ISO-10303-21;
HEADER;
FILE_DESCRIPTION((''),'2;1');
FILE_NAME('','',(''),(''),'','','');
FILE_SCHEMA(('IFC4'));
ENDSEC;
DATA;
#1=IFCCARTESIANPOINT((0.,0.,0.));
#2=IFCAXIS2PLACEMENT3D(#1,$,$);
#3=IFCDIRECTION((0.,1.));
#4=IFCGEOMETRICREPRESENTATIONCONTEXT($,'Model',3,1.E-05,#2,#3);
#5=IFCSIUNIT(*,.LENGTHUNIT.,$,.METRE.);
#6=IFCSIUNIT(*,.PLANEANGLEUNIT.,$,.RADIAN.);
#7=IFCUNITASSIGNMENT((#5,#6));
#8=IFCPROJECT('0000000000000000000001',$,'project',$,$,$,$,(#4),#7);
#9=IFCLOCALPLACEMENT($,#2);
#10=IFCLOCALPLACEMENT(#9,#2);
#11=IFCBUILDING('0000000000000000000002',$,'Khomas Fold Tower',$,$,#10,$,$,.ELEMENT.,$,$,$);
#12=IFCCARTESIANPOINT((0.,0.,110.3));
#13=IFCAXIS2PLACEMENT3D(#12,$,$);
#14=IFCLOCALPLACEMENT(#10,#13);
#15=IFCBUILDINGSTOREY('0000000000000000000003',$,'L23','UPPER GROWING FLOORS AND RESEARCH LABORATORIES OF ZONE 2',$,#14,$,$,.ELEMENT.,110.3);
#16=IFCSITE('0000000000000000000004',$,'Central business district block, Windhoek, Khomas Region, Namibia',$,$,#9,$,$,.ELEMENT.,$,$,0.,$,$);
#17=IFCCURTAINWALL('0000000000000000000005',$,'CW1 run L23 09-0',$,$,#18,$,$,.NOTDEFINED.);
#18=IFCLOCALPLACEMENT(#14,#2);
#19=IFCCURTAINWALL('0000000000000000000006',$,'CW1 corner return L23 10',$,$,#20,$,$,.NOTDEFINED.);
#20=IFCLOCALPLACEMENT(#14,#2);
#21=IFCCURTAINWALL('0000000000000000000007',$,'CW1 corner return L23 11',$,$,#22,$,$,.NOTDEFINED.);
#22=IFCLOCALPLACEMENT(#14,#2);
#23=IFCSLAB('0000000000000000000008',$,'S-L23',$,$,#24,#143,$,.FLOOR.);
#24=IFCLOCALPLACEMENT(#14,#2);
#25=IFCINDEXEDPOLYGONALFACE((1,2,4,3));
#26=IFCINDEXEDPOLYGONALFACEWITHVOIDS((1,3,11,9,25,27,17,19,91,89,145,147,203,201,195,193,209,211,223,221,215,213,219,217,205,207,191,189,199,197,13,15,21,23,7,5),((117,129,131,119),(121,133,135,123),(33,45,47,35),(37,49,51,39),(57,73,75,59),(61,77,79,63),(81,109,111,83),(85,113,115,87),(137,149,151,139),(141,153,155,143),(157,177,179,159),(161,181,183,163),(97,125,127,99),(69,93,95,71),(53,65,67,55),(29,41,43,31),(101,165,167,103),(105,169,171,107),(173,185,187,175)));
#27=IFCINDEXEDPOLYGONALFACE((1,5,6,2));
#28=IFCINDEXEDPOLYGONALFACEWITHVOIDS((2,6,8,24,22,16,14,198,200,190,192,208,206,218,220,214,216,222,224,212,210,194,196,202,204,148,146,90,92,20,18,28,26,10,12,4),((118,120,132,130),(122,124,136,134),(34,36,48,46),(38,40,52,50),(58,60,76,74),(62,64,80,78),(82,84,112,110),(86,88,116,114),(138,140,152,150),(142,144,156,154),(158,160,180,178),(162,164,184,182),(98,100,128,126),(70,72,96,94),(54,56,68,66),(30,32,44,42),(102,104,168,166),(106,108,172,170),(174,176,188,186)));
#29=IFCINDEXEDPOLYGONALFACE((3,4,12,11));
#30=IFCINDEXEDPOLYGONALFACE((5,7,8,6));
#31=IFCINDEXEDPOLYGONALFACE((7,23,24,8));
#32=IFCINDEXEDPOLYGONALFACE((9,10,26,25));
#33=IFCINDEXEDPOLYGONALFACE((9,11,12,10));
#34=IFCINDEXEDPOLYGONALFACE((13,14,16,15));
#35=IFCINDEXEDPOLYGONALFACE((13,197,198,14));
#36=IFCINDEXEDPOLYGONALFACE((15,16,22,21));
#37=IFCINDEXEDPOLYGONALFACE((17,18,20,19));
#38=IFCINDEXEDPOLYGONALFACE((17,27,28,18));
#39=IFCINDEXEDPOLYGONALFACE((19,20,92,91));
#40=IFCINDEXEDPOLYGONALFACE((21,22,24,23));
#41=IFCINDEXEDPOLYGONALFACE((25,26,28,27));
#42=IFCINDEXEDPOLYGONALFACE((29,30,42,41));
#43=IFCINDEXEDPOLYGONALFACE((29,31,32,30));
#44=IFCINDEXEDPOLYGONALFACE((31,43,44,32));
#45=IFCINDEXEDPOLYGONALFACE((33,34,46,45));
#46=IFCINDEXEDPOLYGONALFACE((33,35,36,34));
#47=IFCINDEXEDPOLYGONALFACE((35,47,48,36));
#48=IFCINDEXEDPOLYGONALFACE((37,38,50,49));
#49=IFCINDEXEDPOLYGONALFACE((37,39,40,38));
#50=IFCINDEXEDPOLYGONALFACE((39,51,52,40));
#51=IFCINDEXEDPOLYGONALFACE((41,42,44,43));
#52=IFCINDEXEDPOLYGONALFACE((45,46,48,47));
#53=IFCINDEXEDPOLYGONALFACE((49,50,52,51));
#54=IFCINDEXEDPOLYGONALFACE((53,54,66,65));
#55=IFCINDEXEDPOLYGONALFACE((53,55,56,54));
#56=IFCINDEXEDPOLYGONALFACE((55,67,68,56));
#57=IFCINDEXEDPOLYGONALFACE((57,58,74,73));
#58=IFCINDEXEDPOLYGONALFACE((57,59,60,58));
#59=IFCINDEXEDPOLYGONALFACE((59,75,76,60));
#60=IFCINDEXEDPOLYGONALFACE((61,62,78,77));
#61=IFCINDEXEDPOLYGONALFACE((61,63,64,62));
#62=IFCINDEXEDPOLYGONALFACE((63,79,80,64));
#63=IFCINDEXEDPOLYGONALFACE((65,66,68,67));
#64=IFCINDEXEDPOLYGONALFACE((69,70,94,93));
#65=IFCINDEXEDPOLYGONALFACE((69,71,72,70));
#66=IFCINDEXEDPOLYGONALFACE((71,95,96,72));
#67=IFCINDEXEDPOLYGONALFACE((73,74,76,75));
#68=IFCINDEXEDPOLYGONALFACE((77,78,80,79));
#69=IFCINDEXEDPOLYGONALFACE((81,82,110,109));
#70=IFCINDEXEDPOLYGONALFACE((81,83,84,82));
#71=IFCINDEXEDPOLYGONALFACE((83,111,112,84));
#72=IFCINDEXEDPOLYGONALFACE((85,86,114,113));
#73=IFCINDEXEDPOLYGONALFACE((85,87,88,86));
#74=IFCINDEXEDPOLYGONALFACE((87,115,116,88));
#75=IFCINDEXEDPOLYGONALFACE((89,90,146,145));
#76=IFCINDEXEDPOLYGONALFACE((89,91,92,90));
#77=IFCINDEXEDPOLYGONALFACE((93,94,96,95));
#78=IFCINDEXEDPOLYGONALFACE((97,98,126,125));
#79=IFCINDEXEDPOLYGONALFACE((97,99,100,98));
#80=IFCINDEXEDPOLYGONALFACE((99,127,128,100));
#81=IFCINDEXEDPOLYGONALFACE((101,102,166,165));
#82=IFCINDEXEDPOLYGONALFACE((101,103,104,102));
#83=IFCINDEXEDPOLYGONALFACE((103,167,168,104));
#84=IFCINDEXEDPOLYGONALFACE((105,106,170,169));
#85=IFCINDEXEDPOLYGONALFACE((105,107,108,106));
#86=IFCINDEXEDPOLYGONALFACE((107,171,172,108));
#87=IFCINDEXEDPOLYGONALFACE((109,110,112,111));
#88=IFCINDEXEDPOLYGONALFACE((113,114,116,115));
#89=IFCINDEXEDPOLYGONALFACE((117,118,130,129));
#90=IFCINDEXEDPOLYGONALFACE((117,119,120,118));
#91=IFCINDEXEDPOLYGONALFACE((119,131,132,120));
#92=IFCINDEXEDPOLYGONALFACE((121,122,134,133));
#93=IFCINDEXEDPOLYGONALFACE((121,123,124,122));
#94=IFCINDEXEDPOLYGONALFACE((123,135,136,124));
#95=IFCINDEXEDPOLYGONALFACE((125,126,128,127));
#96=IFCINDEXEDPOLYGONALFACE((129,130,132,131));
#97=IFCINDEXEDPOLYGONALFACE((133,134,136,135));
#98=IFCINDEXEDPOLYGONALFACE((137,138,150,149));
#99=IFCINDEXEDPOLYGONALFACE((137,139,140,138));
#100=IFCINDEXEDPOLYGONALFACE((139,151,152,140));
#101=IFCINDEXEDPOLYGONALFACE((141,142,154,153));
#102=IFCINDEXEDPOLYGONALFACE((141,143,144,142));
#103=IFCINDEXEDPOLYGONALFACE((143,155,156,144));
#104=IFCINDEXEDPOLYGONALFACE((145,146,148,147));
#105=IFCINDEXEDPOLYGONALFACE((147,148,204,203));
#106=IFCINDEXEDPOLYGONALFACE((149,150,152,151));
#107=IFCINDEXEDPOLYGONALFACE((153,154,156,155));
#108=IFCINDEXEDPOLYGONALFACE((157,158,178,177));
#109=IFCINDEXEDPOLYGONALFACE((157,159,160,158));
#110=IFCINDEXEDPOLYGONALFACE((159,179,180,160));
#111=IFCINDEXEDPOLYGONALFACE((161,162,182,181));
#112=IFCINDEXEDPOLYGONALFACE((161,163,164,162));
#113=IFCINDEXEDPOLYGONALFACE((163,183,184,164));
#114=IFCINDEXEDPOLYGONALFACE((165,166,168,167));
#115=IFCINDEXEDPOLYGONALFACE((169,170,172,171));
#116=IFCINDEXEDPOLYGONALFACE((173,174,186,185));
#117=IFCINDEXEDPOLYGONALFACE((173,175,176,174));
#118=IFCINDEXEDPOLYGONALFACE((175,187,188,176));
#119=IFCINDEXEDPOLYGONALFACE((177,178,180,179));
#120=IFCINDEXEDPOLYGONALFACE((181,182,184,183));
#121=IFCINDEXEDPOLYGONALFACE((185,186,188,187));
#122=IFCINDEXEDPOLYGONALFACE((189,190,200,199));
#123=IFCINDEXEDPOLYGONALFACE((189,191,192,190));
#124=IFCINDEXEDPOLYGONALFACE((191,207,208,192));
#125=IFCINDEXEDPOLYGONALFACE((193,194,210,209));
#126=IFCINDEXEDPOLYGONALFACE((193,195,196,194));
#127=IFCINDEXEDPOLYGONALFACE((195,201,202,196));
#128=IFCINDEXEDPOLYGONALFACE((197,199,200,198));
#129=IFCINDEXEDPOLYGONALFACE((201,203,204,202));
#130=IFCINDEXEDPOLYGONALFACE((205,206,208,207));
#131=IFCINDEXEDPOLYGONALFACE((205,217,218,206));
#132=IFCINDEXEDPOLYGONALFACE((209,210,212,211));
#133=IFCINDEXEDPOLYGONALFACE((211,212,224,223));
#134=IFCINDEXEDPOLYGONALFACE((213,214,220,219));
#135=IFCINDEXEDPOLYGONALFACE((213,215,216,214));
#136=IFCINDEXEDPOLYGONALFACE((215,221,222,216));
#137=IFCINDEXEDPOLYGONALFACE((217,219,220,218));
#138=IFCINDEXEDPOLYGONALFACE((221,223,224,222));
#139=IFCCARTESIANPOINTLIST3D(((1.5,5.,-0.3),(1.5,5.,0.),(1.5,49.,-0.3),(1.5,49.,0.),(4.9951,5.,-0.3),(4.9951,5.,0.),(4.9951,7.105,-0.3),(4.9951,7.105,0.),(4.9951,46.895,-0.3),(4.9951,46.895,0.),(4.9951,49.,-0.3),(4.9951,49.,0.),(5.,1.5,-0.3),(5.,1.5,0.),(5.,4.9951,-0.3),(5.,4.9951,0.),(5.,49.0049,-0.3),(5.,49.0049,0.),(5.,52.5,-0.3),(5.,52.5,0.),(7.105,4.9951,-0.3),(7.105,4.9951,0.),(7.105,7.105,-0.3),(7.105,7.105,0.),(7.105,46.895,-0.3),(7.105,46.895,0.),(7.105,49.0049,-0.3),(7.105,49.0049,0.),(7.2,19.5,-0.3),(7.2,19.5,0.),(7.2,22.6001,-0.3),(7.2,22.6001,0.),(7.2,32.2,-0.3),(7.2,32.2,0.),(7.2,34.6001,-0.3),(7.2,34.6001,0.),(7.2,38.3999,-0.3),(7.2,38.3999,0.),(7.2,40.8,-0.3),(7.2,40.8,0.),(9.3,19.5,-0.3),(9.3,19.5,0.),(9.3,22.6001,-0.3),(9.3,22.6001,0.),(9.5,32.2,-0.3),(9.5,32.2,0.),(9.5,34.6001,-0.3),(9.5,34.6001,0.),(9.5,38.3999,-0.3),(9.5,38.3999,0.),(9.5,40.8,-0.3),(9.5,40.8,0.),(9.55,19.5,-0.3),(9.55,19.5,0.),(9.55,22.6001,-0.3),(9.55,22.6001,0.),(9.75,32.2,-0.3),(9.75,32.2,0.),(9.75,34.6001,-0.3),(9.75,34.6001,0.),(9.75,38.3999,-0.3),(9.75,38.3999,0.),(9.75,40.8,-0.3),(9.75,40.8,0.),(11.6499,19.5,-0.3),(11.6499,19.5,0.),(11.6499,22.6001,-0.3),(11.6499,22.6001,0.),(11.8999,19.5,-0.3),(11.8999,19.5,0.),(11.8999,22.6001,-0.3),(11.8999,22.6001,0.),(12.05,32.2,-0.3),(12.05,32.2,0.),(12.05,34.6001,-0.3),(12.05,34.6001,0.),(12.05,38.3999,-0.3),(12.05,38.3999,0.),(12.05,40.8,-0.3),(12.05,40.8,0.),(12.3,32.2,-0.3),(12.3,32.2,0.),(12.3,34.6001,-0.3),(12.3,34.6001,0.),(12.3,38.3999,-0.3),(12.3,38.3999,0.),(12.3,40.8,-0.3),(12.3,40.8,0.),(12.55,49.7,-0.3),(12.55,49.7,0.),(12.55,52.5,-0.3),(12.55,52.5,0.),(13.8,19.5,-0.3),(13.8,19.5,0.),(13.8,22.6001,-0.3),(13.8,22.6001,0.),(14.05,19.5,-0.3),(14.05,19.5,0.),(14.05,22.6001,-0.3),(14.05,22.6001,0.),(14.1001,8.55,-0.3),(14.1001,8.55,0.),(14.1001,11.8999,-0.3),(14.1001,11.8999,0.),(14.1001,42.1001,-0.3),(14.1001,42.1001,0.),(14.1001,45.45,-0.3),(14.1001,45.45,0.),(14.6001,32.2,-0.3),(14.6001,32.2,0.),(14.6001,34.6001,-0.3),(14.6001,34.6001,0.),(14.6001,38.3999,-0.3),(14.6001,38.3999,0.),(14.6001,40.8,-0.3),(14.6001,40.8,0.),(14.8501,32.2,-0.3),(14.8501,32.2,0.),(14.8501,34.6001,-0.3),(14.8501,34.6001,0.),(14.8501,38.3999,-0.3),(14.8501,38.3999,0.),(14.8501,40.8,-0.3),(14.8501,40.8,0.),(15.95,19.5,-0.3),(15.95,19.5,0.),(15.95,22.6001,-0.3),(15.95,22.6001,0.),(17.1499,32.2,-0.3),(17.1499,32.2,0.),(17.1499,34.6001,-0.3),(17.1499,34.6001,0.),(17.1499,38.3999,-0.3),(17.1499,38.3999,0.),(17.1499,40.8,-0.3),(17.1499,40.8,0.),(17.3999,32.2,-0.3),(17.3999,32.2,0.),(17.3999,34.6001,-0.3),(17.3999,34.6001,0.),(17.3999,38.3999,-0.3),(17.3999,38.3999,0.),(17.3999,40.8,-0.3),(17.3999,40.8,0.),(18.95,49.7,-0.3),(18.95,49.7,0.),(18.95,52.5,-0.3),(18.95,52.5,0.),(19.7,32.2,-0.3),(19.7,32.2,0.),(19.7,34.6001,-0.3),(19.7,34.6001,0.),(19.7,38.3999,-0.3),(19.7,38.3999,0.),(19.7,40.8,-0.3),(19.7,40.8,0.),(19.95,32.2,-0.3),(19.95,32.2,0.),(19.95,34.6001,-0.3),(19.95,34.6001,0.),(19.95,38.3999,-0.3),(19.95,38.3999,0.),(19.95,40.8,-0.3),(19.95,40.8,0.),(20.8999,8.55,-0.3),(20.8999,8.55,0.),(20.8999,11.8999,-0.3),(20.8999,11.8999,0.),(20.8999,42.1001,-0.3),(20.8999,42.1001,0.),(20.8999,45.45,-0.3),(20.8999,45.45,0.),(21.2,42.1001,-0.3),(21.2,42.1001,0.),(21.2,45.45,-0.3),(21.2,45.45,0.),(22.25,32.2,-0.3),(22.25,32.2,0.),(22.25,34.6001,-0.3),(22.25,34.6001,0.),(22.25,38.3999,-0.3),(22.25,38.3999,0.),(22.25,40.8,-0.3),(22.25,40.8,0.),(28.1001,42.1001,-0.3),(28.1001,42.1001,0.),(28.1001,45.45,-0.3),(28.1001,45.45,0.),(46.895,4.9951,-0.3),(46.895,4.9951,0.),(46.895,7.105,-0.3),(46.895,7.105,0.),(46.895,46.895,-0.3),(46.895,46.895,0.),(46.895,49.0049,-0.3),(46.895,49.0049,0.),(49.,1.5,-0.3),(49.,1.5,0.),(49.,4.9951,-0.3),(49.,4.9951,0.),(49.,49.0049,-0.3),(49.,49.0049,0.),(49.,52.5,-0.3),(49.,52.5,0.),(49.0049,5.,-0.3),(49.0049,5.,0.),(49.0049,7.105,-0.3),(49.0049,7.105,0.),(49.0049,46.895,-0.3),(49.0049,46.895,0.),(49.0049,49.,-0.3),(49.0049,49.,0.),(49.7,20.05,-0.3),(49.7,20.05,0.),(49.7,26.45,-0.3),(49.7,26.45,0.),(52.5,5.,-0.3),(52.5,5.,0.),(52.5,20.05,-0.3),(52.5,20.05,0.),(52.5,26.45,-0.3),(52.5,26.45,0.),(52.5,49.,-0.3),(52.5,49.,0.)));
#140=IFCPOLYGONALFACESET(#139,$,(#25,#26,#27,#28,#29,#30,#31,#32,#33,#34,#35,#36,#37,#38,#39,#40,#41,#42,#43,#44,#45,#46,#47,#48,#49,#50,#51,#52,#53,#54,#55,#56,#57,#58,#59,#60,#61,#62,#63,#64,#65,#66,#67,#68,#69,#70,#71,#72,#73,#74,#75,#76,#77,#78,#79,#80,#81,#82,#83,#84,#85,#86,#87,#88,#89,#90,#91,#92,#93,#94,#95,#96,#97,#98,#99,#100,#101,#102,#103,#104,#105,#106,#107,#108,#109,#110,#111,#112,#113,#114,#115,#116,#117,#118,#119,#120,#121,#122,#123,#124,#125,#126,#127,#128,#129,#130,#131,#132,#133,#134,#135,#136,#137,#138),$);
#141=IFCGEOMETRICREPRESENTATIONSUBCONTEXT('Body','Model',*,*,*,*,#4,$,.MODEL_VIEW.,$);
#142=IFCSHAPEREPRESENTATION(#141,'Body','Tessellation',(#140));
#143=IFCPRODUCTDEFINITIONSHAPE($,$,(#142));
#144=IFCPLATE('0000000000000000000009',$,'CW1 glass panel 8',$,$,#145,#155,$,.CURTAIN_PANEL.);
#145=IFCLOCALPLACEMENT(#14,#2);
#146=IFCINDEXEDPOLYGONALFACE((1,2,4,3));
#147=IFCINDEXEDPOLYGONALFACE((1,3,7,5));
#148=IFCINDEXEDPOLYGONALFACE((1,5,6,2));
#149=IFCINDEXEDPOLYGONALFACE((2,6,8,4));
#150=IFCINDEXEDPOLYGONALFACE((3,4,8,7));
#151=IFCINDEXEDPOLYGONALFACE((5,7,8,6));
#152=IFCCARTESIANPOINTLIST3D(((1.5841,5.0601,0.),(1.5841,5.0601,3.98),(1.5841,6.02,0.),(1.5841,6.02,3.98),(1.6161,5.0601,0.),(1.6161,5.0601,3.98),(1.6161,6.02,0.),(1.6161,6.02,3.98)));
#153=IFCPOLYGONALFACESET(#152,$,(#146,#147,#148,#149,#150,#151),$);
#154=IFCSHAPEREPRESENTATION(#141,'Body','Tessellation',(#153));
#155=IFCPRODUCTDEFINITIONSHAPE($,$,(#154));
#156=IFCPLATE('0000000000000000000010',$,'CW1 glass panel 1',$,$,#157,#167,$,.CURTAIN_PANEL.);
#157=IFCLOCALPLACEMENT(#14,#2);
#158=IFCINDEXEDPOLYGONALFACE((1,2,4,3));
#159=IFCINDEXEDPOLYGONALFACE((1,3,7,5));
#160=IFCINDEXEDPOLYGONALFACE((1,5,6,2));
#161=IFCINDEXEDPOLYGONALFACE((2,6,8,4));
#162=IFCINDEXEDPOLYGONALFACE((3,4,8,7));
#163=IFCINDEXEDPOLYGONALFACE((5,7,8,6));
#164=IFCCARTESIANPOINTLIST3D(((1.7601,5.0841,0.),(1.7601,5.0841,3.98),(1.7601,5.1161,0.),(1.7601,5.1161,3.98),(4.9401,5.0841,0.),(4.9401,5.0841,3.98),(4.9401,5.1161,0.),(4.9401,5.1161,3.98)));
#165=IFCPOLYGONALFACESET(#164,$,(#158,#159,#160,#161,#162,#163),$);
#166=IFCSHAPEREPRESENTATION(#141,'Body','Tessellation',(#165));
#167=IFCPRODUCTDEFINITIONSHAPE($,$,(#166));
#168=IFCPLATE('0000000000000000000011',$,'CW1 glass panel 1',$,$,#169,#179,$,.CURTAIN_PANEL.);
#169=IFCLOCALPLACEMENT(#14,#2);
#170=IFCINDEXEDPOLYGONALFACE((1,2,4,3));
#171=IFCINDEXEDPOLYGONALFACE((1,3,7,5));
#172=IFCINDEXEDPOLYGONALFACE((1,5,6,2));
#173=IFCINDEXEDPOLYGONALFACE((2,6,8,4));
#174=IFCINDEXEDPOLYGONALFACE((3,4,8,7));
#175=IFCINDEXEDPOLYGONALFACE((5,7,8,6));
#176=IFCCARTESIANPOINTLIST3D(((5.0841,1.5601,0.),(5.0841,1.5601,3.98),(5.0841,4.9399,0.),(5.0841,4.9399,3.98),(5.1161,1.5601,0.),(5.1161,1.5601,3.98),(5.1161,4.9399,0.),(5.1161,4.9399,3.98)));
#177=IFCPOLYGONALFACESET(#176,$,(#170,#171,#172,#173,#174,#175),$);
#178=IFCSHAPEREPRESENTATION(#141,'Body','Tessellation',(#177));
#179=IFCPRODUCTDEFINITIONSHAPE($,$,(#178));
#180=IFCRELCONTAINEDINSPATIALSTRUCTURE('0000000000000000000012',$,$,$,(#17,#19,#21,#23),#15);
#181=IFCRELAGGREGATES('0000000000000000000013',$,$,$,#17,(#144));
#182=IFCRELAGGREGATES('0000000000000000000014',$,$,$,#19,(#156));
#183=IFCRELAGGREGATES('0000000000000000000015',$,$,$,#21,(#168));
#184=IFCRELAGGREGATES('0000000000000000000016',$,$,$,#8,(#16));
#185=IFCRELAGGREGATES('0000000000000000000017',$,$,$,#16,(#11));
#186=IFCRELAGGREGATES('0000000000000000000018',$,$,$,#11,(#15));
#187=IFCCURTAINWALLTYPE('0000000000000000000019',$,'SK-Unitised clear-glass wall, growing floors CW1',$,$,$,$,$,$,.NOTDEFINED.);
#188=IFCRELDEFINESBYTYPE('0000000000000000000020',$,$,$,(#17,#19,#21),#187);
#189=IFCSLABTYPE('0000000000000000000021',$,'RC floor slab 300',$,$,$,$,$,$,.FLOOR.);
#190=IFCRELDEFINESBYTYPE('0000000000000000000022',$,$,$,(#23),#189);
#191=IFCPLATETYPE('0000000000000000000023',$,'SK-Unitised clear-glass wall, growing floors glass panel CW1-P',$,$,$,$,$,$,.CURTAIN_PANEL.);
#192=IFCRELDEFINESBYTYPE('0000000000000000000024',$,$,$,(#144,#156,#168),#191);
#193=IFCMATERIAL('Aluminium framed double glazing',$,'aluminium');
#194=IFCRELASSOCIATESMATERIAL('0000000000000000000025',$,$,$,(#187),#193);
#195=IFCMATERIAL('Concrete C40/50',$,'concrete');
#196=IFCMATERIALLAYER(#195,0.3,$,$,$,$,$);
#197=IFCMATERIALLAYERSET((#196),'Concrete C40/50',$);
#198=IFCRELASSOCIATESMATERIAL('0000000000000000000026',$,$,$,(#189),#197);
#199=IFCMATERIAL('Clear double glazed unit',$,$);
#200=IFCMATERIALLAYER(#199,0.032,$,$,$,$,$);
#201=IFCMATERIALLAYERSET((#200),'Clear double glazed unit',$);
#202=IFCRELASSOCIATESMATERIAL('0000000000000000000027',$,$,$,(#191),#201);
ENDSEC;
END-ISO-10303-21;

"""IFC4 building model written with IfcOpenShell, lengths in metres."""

from ifc_helpers import new_model, si_unit, direction, frame, origin, origin_2d, place, context, subcontext, project, spatial, polyline, rectangle, outline, extrude, source, transform, mapped, material, layer, layer_set, type_object, element, aggregate, save


model = new_model("IFC4")

# Units and contexts
model_context = context("Model", 3, precision=1e-05, world=origin(), true_north=direction((0.0, 1.0)))
body_context = subcontext(model_context, "Body", "Model", "MODEL_VIEW")
ifc_project = project(units=[si_unit("LENGTHUNIT", "METRE"), si_unit("PLANEANGLEUNIT", "RADIAN")], contexts=[model_context])

# Site, building, storey
site_placement = place(None, origin())
site = spatial("IfcSite", under=ifc_project, at=site_placement, Name="Central business district block, Windhoek, Khomas Region, Namibia", CompositionType="ELEMENT", RefElevation=0.0)
building_placement = place(site_placement, origin())
building = spatial("IfcBuilding", under=site, at=building_placement, Name="Khomas Fold Tower", CompositionType="ELEMENT")
storey_placement = place(building_placement, frame((0.0, 0.0, 110.3)))
storey = spatial("IfcBuildingStorey", under=building, at=storey_placement, Name="L23", Description="UPPER GROWING FLOORS AND RESEARCH LABORATORIES OF ZONE 2", CompositionType="ELEMENT", Elevation=110.3)

# Curtain walls
ifc_material_1 = material(Name="Aluminium framed double glazing", Category="aluminium")
curtain_wall_type = type_object("IfcCurtainWallType", Name="SK-Unitised clear-glass wall, growing floors CW1", PredefinedType="NOTDEFINED", material=ifc_material_1)
curtain_wall_1_placement = place(storey_placement, origin())
curtain_wall_1 = element("IfcCurtainWall", 1, at=curtain_wall_1_placement, inside=storey, type_object=curtain_wall_type, Name="CW1 run L23 09-0", PredefinedType="NOTDEFINED")
curtain_wall_2_placement = place(storey_placement, origin())
curtain_wall_2 = element("IfcCurtainWall", 2, at=curtain_wall_2_placement, inside=storey, type_object=curtain_wall_type, Name="CW1 corner return L23 10", PredefinedType="NOTDEFINED")
curtain_wall_3_placement = place(storey_placement, origin())
curtain_wall_3 = element("IfcCurtainWall", 3, at=curtain_wall_3_placement, inside=storey, type_object=curtain_wall_type, Name="CW1 corner return L23 11", PredefinedType="NOTDEFINED")

# Slab
ifc_material_2 = material(Name="Concrete C40/50", Category="concrete")
ifc_layer_1 = layer(ifc_material_2, 0.3)
ifc_layer_set_1 = layer_set([ifc_layer_1], Name="Concrete C40/50")
slab_type_1 = type_object("IfcSlabType", Name="RC floor slab 300", PredefinedType="FLOOR", material=ifc_layer_set_1)
shared_shape_1 = source(origin(), body_context, "Body", "SweptSolid", [
    extrude(outline(polyline([(1.5, 5.0), (4.9951, 5.0), (4.9951, 7.105), (7.105, 7.105), (7.105, 4.9951), (5.0, 4.9951), (5.0, 1.5), (49.0, 1.5), (49.0, 4.9951), (46.895, 4.9951), (46.895, 7.105), (49.0049, 7.105), (49.0049, 5.0), (52.5, 5.0), (52.5, 20.05), (49.7, 20.05), (49.7, 26.45), (52.5, 26.45), (52.5, 49.0), (49.0049, 49.0), (49.0049, 46.895), (46.895, 46.895), (46.895, 49.0049), (49.0, 49.0049), (49.0, 52.5), (18.95, 52.5), (18.95, 49.7), (12.55, 49.7), (12.55, 52.5), (5.0, 52.5), (5.0, 49.0049), (7.105, 49.0049), (7.105, 46.895), (4.9951, 46.895), (4.9951, 49.0), (1.5, 49.0), (1.5, 5.0)]), holes=[polyline([(7.2, 19.5), (7.2, 22.6001), (9.3, 22.6001), (9.3, 19.5), (7.2, 19.5)]), polyline([(7.2, 32.2), (7.2, 34.6001), (9.5, 34.6001), (9.5, 32.2), (7.2, 32.2)]), polyline([(7.2, 38.3999), (7.2, 40.8), (9.5, 40.8), (9.5, 38.3999), (7.2, 38.3999)]), polyline([(9.55, 19.5), (9.55, 22.6001), (11.6499, 22.6001), (11.6499, 19.5), (9.55, 19.5)]), polyline([(9.75, 32.2), (9.75, 34.6001), (12.05, 34.6001), (12.05, 32.2), (9.75, 32.2)]), polyline([(9.75, 38.3999), (9.75, 40.8), (12.05, 40.8), (12.05, 38.3999), (9.75, 38.3999)]), polyline([(11.8999, 19.5), (11.8999, 22.6001), (13.8, 22.6001), (13.8, 19.5), (11.8999, 19.5)]), polyline([(12.3, 32.2), (12.3, 34.6001), (14.6001, 34.6001), (14.6001, 32.2), (12.3, 32.2)]), polyline([(12.3, 38.3999), (12.3, 40.8), (14.6001, 40.8), (14.6001, 38.3999), (12.3, 38.3999)]), polyline([(14.05, 19.5), (14.05, 22.6001), (15.95, 22.6001), (15.95, 19.5), (14.05, 19.5)]), polyline([(14.1001, 8.55), (14.1001, 11.8999), (20.8999, 11.8999), (20.8999, 8.55), (14.1001, 8.55)]), polyline([(14.1001, 42.1001), (14.1001, 45.45), (20.8999, 45.45), (20.8999, 42.1001), (14.1001, 42.1001)]), polyline([(14.8501, 32.2), (14.8501, 34.6001), (17.1499, 34.6001), (17.1499, 32.2), (14.8501, 32.2)]), polyline([(14.8501, 38.3999), (14.8501, 40.8), (17.1499, 40.8), (17.1499, 38.3999), (14.8501, 38.3999)]), polyline([(17.3999, 32.2), (17.3999, 34.6001), (19.7, 34.6001), (19.7, 32.2), (17.3999, 32.2)]), polyline([(17.3999, 38.3999), (17.3999, 40.8), (19.7, 40.8), (19.7, 38.3999), (17.3999, 38.3999)]), polyline([(19.95, 32.2), (19.95, 34.6001), (22.25, 34.6001), (22.25, 32.2), (19.95, 32.2)]), polyline([(19.95, 38.3999), (19.95, 40.8), (22.25, 40.8), (22.25, 38.3999), (19.95, 38.3999)]), polyline([(21.2, 42.1001), (21.2, 45.45), (28.1001, 45.45), (28.1001, 42.1001), (21.2, 42.1001)])]), origin(), (0.0, 0.0, 1.0), 0.3),
])
slab_1_placement = place(storey_placement, frame((0.0, 0.0, -0.3)))
element("IfcSlab", 4, at=slab_1_placement, inside=storey, type_object=slab_type_1, Name="S-L23", PredefinedType="FLOOR", context=body_context, shape_type="MappedRepresentation", body=[
    mapped(shared_shape_1, transform((0.0, 0.0, 0.0))),
])

# Plates
ifc_material_3 = material(Name="Clear double glazed unit")
ifc_layer_2 = layer(ifc_material_3, 0.032)
ifc_layer_set_2 = layer_set([ifc_layer_2], Name="Clear double glazed unit")
plate_type = type_object("IfcPlateType", Name="SK-Unitised clear-glass wall, growing floors glass panel CW1-P", PredefinedType="CURTAIN_PANEL", material=ifc_layer_set_2)
shared_shape_2 = source(origin(), body_context, "Body", "SweptSolid", [
    extrude(rectangle(XDim=0.96, YDim=0.032, at=origin_2d()), origin(), (0.0, 0.0, 1.0), 3.98),
])
plate_1_placement = place(storey_placement, frame((1.6001, 5.54, 0.0), z_axis=(0.0, 0.0, 1.0), x_axis=(0.0, -1.0, 0.0)))
plate_1 = element("IfcPlate", 5, at=plate_1_placement, type_object=plate_type, Name="CW1 glass panel 8", PredefinedType="CURTAIN_PANEL", context=body_context, shape_type="MappedRepresentation", body=[
    mapped(shared_shape_2, transform((0.0, 0.0, 0.0))),
])
aggregate(curtain_wall_1, [plate_1])
shared_shape_3 = source(origin(), body_context, "Body", "SweptSolid", [
    extrude(rectangle(XDim=3.1799, YDim=0.032, at=origin_2d()), origin(), (0.0, 0.0, 1.0), 3.98),
])
plate_2_placement = place(storey_placement, frame((3.3501, 5.1001, 0.0), z_axis=(0.0, 0.0, 1.0), x_axis=(1.0, 0.0, 0.0)))
plate_2 = element("IfcPlate", 6, at=plate_2_placement, type_object=plate_type, Name="CW1 glass panel 1", PredefinedType="CURTAIN_PANEL", context=body_context, shape_type="MappedRepresentation", body=[
    mapped(shared_shape_3, transform((0.0, 0.0, 0.0))),
])
aggregate(curtain_wall_2, [plate_2])
shared_shape_4 = source(origin(), body_context, "Body", "SweptSolid", [
    extrude(rectangle(XDim=3.3799, YDim=0.032, at=origin_2d()), origin(), (0.0, 0.0, 1.0), 3.98),
])
plate_3_placement = place(storey_placement, frame((5.1001, 3.25, 0.0), z_axis=(0.0, 0.0, 1.0), x_axis=(0.0, -1.0, 0.0)))
plate_3 = element("IfcPlate", 7, at=plate_3_placement, type_object=plate_type, Name="CW1 glass panel 1", PredefinedType="CURTAIN_PANEL", context=body_context, shape_type="MappedRepresentation", body=[
    mapped(shared_shape_4, transform((0.0, 0.0, 0.0))),
])
aggregate(curtain_wall_3, [plate_3])

save(model, "model.ifc")
